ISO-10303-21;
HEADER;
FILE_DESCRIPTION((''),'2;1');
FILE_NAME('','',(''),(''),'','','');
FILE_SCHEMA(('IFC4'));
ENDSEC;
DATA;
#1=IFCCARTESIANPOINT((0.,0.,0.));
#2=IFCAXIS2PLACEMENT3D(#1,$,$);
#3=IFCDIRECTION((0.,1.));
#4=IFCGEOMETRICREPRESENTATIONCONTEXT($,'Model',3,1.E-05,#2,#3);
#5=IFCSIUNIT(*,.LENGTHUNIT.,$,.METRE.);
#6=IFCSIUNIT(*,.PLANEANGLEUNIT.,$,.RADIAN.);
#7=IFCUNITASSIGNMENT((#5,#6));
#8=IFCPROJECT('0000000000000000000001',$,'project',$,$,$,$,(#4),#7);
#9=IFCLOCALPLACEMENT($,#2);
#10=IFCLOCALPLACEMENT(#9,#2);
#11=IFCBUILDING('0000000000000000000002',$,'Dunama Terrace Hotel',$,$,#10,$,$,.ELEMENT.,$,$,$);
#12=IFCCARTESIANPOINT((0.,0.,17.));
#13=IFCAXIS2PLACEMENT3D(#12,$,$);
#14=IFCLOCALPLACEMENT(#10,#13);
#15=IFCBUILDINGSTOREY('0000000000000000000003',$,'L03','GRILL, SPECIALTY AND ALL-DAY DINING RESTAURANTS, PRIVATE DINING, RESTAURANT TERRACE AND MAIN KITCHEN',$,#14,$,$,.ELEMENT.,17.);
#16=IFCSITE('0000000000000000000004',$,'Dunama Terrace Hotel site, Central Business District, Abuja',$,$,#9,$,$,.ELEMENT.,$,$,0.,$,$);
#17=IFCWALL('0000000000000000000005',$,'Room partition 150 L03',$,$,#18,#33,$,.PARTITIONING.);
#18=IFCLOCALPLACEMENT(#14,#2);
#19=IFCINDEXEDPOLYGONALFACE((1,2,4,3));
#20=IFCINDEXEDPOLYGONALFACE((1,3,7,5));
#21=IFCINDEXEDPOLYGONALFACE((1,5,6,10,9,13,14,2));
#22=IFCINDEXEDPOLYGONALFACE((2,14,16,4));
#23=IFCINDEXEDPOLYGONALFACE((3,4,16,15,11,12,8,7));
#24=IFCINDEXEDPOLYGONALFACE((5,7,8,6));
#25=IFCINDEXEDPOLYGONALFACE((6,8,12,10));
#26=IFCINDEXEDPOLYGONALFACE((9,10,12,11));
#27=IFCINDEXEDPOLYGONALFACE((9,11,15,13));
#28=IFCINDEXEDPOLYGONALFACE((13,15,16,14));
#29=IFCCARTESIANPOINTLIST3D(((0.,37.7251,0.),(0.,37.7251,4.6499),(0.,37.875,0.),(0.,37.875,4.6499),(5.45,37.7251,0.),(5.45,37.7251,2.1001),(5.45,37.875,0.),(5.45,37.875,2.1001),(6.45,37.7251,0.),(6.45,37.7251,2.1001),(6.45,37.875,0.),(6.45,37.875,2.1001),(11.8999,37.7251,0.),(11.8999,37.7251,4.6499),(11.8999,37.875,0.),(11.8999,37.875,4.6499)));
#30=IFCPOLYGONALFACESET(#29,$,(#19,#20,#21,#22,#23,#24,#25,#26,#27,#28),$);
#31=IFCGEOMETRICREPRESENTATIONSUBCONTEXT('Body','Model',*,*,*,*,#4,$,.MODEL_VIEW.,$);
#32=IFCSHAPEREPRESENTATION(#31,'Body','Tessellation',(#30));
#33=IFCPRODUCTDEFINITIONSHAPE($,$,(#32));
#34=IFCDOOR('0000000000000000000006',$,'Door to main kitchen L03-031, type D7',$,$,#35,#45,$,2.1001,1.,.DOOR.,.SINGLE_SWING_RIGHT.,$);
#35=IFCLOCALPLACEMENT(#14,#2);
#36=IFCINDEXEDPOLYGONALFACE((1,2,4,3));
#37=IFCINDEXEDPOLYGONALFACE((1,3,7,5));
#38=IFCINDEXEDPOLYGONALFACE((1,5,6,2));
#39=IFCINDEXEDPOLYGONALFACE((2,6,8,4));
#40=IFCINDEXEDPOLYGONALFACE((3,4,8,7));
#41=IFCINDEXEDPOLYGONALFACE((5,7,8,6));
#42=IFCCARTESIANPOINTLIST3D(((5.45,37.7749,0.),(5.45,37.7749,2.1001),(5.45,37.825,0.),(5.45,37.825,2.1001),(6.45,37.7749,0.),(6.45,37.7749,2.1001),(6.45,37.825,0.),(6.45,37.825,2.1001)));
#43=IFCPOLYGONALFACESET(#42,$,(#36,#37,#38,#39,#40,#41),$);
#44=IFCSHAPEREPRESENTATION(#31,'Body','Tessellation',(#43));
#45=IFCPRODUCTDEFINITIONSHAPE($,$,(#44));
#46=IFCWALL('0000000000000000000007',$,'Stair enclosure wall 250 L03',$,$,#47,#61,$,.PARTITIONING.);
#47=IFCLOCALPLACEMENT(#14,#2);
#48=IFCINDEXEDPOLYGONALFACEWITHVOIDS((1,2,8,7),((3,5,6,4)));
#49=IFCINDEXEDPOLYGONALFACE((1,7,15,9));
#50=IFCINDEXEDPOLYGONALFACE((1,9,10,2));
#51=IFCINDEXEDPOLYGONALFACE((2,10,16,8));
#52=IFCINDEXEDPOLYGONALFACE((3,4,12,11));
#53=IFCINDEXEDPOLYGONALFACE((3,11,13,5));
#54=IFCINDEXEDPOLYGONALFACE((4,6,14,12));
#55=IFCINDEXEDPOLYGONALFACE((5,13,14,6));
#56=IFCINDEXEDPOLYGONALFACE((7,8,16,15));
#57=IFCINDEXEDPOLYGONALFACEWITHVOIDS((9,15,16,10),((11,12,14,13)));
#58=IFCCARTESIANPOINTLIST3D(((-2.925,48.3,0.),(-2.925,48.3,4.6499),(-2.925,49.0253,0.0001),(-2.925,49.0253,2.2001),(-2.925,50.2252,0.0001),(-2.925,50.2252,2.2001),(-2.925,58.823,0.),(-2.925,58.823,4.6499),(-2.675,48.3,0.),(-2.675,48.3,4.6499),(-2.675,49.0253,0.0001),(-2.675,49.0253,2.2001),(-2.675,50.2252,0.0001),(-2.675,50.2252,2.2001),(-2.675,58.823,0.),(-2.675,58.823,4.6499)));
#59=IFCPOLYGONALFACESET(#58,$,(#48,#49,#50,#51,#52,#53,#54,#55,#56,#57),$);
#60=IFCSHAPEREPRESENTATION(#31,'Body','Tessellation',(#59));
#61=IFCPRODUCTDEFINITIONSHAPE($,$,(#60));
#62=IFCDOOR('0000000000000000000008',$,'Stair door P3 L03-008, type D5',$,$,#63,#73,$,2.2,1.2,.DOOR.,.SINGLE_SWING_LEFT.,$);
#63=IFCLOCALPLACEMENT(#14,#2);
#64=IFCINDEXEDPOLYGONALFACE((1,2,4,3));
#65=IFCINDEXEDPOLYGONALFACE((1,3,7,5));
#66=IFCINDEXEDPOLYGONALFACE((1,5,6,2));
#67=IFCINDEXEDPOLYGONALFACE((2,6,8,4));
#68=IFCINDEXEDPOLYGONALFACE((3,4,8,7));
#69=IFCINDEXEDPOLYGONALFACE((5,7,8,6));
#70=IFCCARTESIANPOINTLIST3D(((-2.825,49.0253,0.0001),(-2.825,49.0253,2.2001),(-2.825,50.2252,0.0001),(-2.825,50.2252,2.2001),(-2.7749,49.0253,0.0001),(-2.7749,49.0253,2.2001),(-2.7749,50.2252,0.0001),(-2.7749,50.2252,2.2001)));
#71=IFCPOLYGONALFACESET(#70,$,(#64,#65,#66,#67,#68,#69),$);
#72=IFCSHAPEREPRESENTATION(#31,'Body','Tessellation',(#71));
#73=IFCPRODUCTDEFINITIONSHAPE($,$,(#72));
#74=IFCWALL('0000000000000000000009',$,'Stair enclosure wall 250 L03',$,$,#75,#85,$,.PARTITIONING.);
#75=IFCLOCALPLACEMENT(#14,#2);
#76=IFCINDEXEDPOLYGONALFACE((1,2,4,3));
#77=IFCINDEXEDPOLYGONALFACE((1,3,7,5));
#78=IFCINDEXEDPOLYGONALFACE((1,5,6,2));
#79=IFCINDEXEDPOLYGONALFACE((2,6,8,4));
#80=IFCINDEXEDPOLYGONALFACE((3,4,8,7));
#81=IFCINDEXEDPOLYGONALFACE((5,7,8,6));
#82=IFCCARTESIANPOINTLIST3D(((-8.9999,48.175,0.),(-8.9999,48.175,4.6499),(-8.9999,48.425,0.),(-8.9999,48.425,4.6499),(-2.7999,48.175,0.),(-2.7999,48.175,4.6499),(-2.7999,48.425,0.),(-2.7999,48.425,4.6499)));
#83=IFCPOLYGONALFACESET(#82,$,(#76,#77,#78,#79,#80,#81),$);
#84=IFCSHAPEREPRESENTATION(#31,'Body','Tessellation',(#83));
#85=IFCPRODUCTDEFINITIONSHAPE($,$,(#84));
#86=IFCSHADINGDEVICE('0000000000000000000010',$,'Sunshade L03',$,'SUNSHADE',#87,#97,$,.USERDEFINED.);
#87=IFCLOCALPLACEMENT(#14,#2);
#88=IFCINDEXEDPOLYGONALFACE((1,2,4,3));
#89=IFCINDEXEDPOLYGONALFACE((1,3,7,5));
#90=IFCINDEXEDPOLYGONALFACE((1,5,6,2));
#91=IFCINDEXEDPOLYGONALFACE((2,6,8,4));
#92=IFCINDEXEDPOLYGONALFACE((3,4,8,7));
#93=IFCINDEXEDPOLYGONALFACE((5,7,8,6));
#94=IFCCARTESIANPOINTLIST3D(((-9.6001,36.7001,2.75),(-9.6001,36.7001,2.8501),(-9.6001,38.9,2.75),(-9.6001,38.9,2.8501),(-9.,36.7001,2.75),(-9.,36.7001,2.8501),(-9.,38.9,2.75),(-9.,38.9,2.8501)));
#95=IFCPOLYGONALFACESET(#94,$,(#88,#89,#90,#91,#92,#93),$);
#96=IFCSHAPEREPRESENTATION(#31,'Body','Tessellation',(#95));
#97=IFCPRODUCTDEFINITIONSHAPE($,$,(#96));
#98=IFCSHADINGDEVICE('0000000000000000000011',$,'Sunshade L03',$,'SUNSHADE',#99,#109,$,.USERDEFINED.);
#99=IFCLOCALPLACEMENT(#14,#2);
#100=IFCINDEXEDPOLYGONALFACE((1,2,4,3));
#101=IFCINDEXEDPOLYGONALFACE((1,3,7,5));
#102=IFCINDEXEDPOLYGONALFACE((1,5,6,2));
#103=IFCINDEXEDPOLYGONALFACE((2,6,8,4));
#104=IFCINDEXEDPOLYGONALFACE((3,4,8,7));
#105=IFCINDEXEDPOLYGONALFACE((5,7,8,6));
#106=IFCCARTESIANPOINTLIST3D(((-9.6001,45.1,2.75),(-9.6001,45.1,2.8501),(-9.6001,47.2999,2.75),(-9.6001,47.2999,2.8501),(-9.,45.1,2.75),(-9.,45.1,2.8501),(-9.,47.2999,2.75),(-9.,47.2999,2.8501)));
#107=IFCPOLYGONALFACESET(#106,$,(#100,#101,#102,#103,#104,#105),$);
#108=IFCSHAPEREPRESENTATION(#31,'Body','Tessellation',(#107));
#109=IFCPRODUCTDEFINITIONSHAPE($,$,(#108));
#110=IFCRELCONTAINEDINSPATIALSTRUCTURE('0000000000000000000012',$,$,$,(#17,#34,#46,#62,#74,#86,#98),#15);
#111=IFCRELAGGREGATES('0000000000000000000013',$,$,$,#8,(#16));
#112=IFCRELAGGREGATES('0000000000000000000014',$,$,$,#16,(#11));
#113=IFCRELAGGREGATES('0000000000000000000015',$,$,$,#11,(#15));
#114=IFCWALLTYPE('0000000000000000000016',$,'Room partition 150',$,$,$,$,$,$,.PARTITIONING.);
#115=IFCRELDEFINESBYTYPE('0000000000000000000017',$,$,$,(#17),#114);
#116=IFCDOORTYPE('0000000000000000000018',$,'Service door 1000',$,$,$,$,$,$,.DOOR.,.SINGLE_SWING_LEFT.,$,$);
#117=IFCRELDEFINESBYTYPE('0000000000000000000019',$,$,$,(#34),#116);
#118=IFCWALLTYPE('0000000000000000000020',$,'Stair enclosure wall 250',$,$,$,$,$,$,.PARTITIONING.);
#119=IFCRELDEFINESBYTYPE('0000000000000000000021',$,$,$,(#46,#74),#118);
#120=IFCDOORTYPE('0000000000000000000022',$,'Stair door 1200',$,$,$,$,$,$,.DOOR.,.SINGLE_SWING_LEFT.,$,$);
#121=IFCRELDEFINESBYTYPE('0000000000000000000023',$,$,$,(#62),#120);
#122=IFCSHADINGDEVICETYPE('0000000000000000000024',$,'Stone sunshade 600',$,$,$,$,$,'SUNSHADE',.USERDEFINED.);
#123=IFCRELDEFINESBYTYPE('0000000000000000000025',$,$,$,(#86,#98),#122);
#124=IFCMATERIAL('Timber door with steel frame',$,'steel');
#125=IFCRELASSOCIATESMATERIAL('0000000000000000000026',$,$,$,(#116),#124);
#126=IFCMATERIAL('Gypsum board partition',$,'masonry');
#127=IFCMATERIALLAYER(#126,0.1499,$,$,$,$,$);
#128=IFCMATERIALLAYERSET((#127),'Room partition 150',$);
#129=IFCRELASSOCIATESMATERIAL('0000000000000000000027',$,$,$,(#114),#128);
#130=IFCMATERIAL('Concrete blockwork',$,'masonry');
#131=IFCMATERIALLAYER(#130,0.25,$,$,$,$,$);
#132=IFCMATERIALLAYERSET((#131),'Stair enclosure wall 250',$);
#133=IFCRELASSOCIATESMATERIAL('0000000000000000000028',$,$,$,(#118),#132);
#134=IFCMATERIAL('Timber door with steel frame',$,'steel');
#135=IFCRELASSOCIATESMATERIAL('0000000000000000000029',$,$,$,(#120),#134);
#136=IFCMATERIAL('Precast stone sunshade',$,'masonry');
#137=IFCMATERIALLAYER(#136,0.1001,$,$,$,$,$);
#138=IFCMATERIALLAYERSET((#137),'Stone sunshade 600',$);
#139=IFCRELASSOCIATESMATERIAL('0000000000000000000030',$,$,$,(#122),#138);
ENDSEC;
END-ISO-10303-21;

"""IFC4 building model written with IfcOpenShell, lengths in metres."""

from ifc_helpers import new_model, si_unit, direction, frame, frame_2d, origin, origin_2d, place, context, subcontext, project, spatial, rectangle, extrude, material, layer, layer_set, type_object, element, fill, save


model = new_model("IFC4")

# Units and contexts
model_context = context("Model", 3, precision=1e-05, world=origin(), true_north=direction((0.0, 1.0)))
body_context = subcontext(model_context, "Body", "Model", "MODEL_VIEW")
ifc_project = project(units=[si_unit("LENGTHUNIT", "METRE"), si_unit("PLANEANGLEUNIT", "RADIAN")], contexts=[model_context])

# Site, building, storey
site_placement = place(None, origin())
site = spatial("IfcSite", under=ifc_project, at=site_placement, Name="Dunama Terrace Hotel site, Central Business District, Abuja", CompositionType="ELEMENT", RefElevation=0.0)
building_placement = place(site_placement, origin())
building = spatial("IfcBuilding", under=site, at=building_placement, Name="Dunama Terrace Hotel", CompositionType="ELEMENT")
storey_placement = place(building_placement, frame((0.0, 0.0, 17.0)))
storey = spatial("IfcBuildingStorey", under=building, at=storey_placement, Name="L03", Description="GRILL, SPECIALTY AND ALL-DAY DINING RESTAURANTS, PRIVATE DINING, RESTAURANT TERRACE AND MAIN KITCHEN", CompositionType="ELEMENT", Elevation=17.0)

# Shared definitions
ifc_material_1 = material(Name="Timber door with steel frame", Category="steel")
door_type_1 = type_object("IfcDoorType", Name="Service door 1000", OperationType="SINGLE_SWING_LEFT", PredefinedType="DOOR", material=ifc_material_1)

# Shared definitions
ifc_material_2 = material(Name="Gypsum board partition", Category="masonry")
ifc_layer_1 = layer(ifc_material_2, 0.1499)
ifc_layer_set_1 = layer_set([ifc_layer_1], Name="Room partition 150")
wall_type_1 = type_object("IfcWallType", Name="Room partition 150", PredefinedType="PARTITIONING", material=ifc_layer_set_1)

# Walls, openings, doors
wall_1_placement = place(storey_placement, frame((0.0, 37.8, 0.0), z_axis=(0.0, 0.0, 1.0), x_axis=(1.0, 0.0, 0.0)))
wall_1 = element("IfcWall", 1, at=wall_1_placement, inside=storey, type_object=wall_type_1, Name="Room partition 150 L03", PredefinedType="PARTITIONING", context=body_context, shape_type="SweptSolid", body=[
    extrude(rectangle(XDim=11.8999, YDim=0.1499, at=frame_2d((5.95, 0.0))), origin(), (0.0, 0.0, 1.0), 4.6499),
])
opening_1_placement = place(wall_1_placement, frame((5.45, 0.0, 0.0)))
opening_1 = element("IfcOpeningElement", 2, at=opening_1_placement, cuts=wall_1, PredefinedType="OPENING", context=body_context, shape_type="SweptSolid", body=[
    extrude(rectangle(XDim=1.0, YDim=2.1001, at=frame_2d((0.5, 1.05))), frame((0.0, 0.085, 0.0), z_axis=(0.0, -1.0, 0.0), x_axis=(1.0, 0.0, 0.0)), (0.0, 0.0, 1.0), 0.1699),
])
door_1_placement = place(opening_1_placement, frame((1.0, 0.0, 0.0), z_axis=(0.0, 0.0, 1.0), x_axis=(-1.0, 0.0, 0.0)))
door_1 = element("IfcDoor", 3, at=door_1_placement, inside=storey, type_object=door_type_1, Name="Door to main kitchen L03-031, type D7", OperationType="SINGLE_SWING_RIGHT", OverallHeight=2.1001, OverallWidth=1.0, PredefinedType="DOOR", context=body_context, shape_type="SweptSolid", body=[
    extrude(rectangle(XDim=1.0, YDim=2.1001, at=frame_2d((0.5, 1.05))), frame((0.0, 0.0251, 0.0), z_axis=(0.0, -1.0, 0.0), x_axis=(1.0, 0.0, 0.0)), (0.0, 0.0, 1.0), 0.05),
])
fill(opening_1, door_1)
ifc_material_3 = material(Name="Concrete blockwork", Category="masonry")
ifc_layer_2 = layer(ifc_material_3, 0.25)
ifc_layer_set_2 = layer_set([ifc_layer_2], Name="Stair enclosure wall 250")
wall_type_2 = type_object("IfcWallType", Name="Stair enclosure wall 250", PredefinedType="PARTITIONING", material=ifc_layer_set_2)
wall_2_placement = place(storey_placement, frame((-2.8, 48.3, 0.0), z_axis=(0.0, 0.0, 1.0), x_axis=(0.0, 1.0, 0.0)))
wall_2 = element("IfcWall", 4, at=wall_2_placement, inside=storey, type_object=wall_type_2, Name="Stair enclosure wall 250 L03", PredefinedType="PARTITIONING", context=body_context, shape_type="SweptSolid", body=[
    extrude(rectangle(XDim=10.5229, YDim=0.25, at=frame_2d((5.2615, 0.0))), origin(), (0.0, 0.0, 1.0), 4.6499),
])
opening_2_placement = place(wall_2_placement, frame((0.7251, 0.0, 0.0)))
opening_2 = element("IfcOpeningElement", 5, at=opening_2_placement, cuts=wall_2, PredefinedType="OPENING", context=body_context, shape_type="SweptSolid", body=[
    extrude(rectangle(XDim=1.2, YDim=2.2, at=frame_2d((0.6001, 1.1001))), frame((0.0, 0.135, 0.0), z_axis=(0.0, -1.0, 0.0), x_axis=(1.0, 0.0, 0.0)), (0.0, 0.0, 1.0), 0.27),
])
ifc_material_4 = material(Name="Timber door with steel frame", Category="steel")
door_type_2 = type_object("IfcDoorType", Name="Stair door 1200", OperationType="SINGLE_SWING_LEFT", PredefinedType="DOOR", material=ifc_material_4)
door_2_placement = place(opening_2_placement, origin())
door_2 = element("IfcDoor", 6, at=door_2_placement, inside=storey, type_object=door_type_2, Name="Stair door P3 L03-008, type D5", OperationType="SINGLE_SWING_LEFT", OverallHeight=2.2, OverallWidth=1.2, PredefinedType="DOOR", context=body_context, shape_type="SweptSolid", body=[
    extrude(rectangle(XDim=1.2, YDim=2.2, at=frame_2d((0.6001, 1.1001))), frame((0.0, 0.0249, 0.0), z_axis=(0.0, -1.0, 0.0), x_axis=(1.0, 0.0, 0.0)), (0.0, 0.0, 1.0), 0.05),
])
fill(opening_2, door_2)

# Wall
wall_3_placement = place(storey_placement, frame((-9.0, 48.3, 0.0), z_axis=(0.0, 0.0, 1.0), x_axis=(1.0, 0.0, 0.0)))
element("IfcWall", 7, at=wall_3_placement, inside=storey, type_object=wall_type_2, Name="Stair enclosure wall 250 L03", PredefinedType="PARTITIONING", context=body_context, shape_type="SweptSolid", body=[
    extrude(rectangle(XDim=6.2, YDim=0.25, at=frame_2d((3.1001, 0.0))), origin(), (0.0, 0.0, 1.0), 4.6499),
])

# Shading devices
ifc_material_5 = material(Name="Precast stone sunshade", Category="masonry")
ifc_layer_3 = layer(ifc_material_5, 0.1001)
ifc_layer_set_3 = layer_set([ifc_layer_3], Name="Stone sunshade 600")
shading_device_type = type_object("IfcShadingDeviceType", Name="Stone sunshade 600", ElementType="SUNSHADE", PredefinedType="USERDEFINED", material=ifc_layer_set_3)
for number, where, z_axis, x_axis, name in (
    (8, (-9.3, 37.8, 2.75), (0.0, 0.0, 1.0), (0.0, -1.0, 0.0), "Sunshade L03"),
    (9, (-9.3, 46.2, 2.75), (0.0, 0.0, 1.0), (0.0, -1.0, 0.0), "Sunshade L03"),
):
    element("IfcShadingDevice", number, at=place(storey_placement, frame(where, z_axis=z_axis, x_axis=x_axis)), inside=storey, type_object=shading_device_type, Name=name, ObjectType="SUNSHADE", PredefinedType="USERDEFINED", context=body_context, shape_type="SweptSolid", body=[
        extrude(rectangle(XDim=2.2, YDim=0.6001, at=origin_2d()), origin(), (0.0, 0.0, 1.0), 0.1001),
    ])

save(model, "model.ifc")
